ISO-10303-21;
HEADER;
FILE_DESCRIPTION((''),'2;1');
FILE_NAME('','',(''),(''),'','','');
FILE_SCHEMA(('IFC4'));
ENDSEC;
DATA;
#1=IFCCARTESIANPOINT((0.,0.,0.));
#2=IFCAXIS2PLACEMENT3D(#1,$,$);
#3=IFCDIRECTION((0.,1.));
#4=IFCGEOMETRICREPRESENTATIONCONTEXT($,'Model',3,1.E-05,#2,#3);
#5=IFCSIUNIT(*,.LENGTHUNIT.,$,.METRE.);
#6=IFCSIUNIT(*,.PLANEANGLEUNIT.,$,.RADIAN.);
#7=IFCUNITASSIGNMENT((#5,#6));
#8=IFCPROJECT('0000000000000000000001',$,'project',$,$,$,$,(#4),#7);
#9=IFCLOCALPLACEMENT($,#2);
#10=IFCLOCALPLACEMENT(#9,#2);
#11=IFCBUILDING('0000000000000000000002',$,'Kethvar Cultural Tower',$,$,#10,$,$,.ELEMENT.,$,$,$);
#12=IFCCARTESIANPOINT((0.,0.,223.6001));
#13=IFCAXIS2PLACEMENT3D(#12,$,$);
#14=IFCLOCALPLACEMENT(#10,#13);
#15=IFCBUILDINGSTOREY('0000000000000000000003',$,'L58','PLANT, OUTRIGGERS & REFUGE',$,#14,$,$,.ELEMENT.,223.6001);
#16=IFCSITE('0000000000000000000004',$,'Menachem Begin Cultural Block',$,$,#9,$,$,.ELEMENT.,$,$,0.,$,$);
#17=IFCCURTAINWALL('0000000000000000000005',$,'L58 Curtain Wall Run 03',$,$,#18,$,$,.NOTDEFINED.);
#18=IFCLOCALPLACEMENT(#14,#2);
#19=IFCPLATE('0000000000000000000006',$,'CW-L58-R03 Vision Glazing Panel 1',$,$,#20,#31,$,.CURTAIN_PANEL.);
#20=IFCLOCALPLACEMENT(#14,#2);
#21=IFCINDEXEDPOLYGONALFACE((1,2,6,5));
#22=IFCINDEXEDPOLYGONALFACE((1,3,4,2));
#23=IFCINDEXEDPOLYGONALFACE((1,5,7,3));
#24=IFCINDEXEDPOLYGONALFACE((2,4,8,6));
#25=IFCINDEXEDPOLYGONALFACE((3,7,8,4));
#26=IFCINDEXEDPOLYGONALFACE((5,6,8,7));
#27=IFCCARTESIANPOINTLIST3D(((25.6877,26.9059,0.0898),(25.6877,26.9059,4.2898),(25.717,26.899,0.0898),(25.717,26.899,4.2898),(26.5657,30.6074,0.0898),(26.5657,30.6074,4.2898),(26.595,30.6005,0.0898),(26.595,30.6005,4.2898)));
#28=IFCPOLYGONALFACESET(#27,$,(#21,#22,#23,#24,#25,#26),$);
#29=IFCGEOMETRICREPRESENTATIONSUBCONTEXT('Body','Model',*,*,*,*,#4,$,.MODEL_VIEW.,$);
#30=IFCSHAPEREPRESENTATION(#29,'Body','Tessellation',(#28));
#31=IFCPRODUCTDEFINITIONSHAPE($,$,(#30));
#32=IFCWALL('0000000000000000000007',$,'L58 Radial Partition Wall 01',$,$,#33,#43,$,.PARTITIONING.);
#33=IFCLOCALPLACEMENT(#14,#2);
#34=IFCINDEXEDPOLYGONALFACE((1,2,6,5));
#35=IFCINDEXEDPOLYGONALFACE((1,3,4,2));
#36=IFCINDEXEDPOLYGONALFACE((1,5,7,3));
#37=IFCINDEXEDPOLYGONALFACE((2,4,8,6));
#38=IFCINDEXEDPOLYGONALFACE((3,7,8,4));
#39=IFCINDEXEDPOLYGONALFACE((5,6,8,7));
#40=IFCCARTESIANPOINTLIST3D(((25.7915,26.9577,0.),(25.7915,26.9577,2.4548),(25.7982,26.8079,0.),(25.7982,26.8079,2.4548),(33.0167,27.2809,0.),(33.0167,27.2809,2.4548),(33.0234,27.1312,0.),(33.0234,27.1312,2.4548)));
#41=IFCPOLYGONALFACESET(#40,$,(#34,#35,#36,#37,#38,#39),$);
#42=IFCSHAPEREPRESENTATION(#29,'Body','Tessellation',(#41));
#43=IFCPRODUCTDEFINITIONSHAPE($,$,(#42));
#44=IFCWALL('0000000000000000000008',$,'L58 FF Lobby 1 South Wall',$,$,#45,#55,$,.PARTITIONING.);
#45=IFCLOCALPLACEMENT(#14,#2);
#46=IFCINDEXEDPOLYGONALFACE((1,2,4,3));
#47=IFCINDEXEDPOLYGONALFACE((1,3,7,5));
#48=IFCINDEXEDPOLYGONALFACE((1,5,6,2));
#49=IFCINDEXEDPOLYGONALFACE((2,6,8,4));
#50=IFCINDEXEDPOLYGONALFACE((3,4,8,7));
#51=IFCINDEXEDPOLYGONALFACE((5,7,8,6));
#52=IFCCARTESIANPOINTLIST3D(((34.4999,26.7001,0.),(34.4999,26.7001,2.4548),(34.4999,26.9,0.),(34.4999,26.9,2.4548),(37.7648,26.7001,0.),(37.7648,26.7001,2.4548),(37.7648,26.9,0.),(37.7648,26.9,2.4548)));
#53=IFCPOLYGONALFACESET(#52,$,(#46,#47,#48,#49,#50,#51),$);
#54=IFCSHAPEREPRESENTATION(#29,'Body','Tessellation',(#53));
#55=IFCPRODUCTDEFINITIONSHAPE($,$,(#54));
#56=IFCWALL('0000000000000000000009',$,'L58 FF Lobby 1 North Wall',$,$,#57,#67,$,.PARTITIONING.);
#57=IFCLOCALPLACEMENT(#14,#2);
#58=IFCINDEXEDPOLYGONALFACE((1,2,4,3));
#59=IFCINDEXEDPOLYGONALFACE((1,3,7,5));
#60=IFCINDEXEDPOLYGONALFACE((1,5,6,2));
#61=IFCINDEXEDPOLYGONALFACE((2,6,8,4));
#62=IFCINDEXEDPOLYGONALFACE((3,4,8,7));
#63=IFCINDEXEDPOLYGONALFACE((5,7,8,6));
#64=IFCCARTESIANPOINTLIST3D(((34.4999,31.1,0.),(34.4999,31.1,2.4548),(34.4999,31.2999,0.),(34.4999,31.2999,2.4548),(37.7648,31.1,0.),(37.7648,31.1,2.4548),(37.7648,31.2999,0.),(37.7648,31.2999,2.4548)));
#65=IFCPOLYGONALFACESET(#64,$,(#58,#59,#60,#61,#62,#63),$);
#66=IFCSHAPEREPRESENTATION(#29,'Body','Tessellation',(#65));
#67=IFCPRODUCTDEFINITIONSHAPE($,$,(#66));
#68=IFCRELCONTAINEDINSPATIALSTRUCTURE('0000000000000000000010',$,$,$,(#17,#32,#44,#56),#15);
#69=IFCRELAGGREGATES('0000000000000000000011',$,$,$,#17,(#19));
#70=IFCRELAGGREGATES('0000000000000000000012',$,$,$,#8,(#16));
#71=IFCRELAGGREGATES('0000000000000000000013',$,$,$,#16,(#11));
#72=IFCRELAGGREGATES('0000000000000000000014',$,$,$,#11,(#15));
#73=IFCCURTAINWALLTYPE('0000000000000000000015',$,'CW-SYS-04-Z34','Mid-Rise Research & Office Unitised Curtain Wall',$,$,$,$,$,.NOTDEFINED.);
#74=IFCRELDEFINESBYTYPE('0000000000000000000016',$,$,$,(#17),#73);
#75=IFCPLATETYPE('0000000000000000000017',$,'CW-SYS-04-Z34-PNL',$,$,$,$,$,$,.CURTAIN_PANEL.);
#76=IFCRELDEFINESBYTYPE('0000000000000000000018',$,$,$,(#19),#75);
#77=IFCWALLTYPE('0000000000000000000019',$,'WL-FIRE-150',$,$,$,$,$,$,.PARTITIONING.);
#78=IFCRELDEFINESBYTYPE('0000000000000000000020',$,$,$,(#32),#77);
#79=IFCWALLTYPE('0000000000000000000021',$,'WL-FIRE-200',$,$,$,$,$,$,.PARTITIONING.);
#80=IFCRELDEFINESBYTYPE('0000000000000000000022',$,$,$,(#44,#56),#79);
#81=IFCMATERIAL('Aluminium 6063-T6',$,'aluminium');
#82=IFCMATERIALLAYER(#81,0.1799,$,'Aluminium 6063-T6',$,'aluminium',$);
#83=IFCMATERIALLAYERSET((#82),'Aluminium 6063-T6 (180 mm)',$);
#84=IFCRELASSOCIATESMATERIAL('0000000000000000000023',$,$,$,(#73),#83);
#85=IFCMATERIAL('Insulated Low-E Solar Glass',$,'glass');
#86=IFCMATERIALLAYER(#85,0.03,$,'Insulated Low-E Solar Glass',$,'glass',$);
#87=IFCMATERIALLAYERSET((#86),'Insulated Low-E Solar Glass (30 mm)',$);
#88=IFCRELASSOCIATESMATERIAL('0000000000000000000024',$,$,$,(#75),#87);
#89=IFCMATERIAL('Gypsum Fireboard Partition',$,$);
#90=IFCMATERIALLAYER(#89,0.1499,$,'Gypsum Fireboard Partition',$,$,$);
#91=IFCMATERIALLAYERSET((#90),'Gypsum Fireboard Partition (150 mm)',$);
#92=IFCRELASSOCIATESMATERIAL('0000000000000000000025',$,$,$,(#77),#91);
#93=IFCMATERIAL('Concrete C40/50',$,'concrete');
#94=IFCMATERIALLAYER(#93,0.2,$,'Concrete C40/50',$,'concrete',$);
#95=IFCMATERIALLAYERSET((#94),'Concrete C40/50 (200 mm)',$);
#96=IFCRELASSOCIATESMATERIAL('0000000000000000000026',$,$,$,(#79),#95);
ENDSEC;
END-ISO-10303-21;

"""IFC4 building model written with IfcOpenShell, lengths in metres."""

from ifc_helpers import new_model, si_unit, direction, frame, frame_2d, origin, origin_2d, place, context, subcontext, project, spatial, rectangle, extrude, source, transform, mapped, material, layer, layer_set, type_object, element, aggregate, save


model = new_model("IFC4")

# Units and contexts
model_context = context("Model", 3, precision=1e-05, world=origin(), true_north=direction((0.0, 1.0)))
body_context = subcontext(model_context, "Body", "Model", "MODEL_VIEW")
ifc_project = project(units=[si_unit("LENGTHUNIT", "METRE"), si_unit("PLANEANGLEUNIT", "RADIAN")], contexts=[model_context])

# Site, building, storey
site_placement = place(None, origin())
site = spatial("IfcSite", under=ifc_project, at=site_placement, Name="Menachem Begin Cultural Block", CompositionType="ELEMENT", RefElevation=0.0)
building_placement = place(site_placement, origin())
building = spatial("IfcBuilding", under=site, at=building_placement, Name="Kethvar Cultural Tower", CompositionType="ELEMENT")
storey_placement = place(building_placement, frame((0.0, 0.0, 223.6001)))
storey = spatial("IfcBuildingStorey", under=building, at=storey_placement, Name="L58", Description="PLANT, OUTRIGGERS & REFUGE", CompositionType="ELEMENT", Elevation=223.6001)

# Curtain wall
ifc_material_1 = material(Name="Aluminium 6063-T6", Category="aluminium")
ifc_layer_1 = layer(ifc_material_1, 0.1799, Name="Aluminium 6063-T6", Category="aluminium")
ifc_layer_set_1 = layer_set([ifc_layer_1], Name="Aluminium 6063-T6 (180 mm)")
curtain_wall_type = type_object("IfcCurtainWallType", Name="CW-SYS-04-Z34", Description="Mid-Rise Research & Office Unitised Curtain Wall", PredefinedType="NOTDEFINED", material=ifc_layer_set_1)
curtain_wall_1_placement = place(storey_placement, origin())
curtain_wall_1 = element("IfcCurtainWall", 1, at=curtain_wall_1_placement, inside=storey, type_object=curtain_wall_type, Name="L58 Curtain Wall Run 03", PredefinedType="NOTDEFINED")

# Plate
ifc_material_2 = material(Name="Insulated Low-E Solar Glass", Category="glass")
ifc_layer_2 = layer(ifc_material_2, 0.03, Name="Insulated Low-E Solar Glass", Category="glass")
ifc_layer_set_2 = layer_set([ifc_layer_2], Name="Insulated Low-E Solar Glass (30 mm)")
plate_type_1 = type_object("IfcPlateType", Name="CW-SYS-04-Z34-PNL", PredefinedType="CURTAIN_PANEL", material=ifc_layer_set_2)
shared_shape_1 = source(origin(), body_context, "Body", "SweptSolid", [
    extrude(rectangle(XDim=3.8042, YDim=0.03, at=origin_2d()), origin(), (0.0, 0.0, 1.0), 4.2),
])
plate_1_placement = place(storey_placement, frame((26.1414, 28.7532, 0.0898), z_axis=(0.0, 0.0, 1.0), x_axis=(-0.230797, -0.973002, 0.0)))
plate_1 = element("IfcPlate", 2, at=plate_1_placement, type_object=plate_type_1, Name="CW-L58-R03 Vision Glazing Panel 1", PredefinedType="CURTAIN_PANEL", context=body_context, shape_type="MappedRepresentation", body=[
    mapped(shared_shape_1, transform((0.0, 0.0, 0.0), scale=1.0)),
])
aggregate(curtain_wall_1, [plate_1])

# Wall
ifc_material_3 = material(Name="Gypsum Fireboard Partition")
ifc_layer_3 = layer(ifc_material_3, 0.1499, Name="Gypsum Fireboard Partition")
ifc_layer_set_3 = layer_set([ifc_layer_3], Name="Gypsum Fireboard Partition (150 mm)")
wall_type_1 = type_object("IfcWallType", Name="WL-FIRE-150", PredefinedType="PARTITIONING", material=ifc_layer_set_3)
wall_1_placement = place(storey_placement, frame((33.02, 27.2061, 0.0), z_axis=(0.0, 0.0, 1.0), x_axis=(-0.999001, -0.044694, 0.0)))
element("IfcWall", 3, at=wall_1_placement, inside=storey, type_object=wall_type_1, Name="L58 Radial Partition Wall 01", PredefinedType="PARTITIONING", context=body_context, shape_type="SweptSolid", body=[
    extrude(rectangle(XDim=7.2324, YDim=0.1499, at=frame_2d((3.6162, 0.0))), origin(), (0.0, 0.0, 1.0), 2.4548),
])

# Shared definitions
ifc_material_4 = material(Name="Concrete C40/50", Category="concrete")
ifc_layer_4 = layer(ifc_material_4, 0.2, Name="Concrete C40/50", Category="concrete")
ifc_layer_set_4 = layer_set([ifc_layer_4], Name="Concrete C40/50 (200 mm)")
wall_type_2 = type_object("IfcWallType", Name="WL-FIRE-200", PredefinedType="PARTITIONING", material=ifc_layer_set_4)

# Walls
for number, where, z_axis, x_axis, name in (
    (4, (34.5, 26.8, 0.0), (0.0, 0.0, 1.0), (1.0, 0.0, 0.0), "L58 FF Lobby 1 South Wall"),
    (5, (34.5, 31.2, 0.0), (0.0, 0.0, 1.0), (1.0, 0.0, 0.0), "L58 FF Lobby 1 North Wall"),
):
    element("IfcWall", number, at=place(storey_placement, frame(where, z_axis=z_axis, x_axis=x_axis)), inside=storey, type_object=wall_type_2, Name=name, PredefinedType="PARTITIONING", context=body_context, shape_type="SweptSolid", body=[
        extrude(rectangle(XDim=3.2649, YDim=0.2, at=frame_2d((1.6323, 0.0))), origin(), (0.0, 0.0, 1.0), 2.4548),
    ])

save(model, "model.ifc")
